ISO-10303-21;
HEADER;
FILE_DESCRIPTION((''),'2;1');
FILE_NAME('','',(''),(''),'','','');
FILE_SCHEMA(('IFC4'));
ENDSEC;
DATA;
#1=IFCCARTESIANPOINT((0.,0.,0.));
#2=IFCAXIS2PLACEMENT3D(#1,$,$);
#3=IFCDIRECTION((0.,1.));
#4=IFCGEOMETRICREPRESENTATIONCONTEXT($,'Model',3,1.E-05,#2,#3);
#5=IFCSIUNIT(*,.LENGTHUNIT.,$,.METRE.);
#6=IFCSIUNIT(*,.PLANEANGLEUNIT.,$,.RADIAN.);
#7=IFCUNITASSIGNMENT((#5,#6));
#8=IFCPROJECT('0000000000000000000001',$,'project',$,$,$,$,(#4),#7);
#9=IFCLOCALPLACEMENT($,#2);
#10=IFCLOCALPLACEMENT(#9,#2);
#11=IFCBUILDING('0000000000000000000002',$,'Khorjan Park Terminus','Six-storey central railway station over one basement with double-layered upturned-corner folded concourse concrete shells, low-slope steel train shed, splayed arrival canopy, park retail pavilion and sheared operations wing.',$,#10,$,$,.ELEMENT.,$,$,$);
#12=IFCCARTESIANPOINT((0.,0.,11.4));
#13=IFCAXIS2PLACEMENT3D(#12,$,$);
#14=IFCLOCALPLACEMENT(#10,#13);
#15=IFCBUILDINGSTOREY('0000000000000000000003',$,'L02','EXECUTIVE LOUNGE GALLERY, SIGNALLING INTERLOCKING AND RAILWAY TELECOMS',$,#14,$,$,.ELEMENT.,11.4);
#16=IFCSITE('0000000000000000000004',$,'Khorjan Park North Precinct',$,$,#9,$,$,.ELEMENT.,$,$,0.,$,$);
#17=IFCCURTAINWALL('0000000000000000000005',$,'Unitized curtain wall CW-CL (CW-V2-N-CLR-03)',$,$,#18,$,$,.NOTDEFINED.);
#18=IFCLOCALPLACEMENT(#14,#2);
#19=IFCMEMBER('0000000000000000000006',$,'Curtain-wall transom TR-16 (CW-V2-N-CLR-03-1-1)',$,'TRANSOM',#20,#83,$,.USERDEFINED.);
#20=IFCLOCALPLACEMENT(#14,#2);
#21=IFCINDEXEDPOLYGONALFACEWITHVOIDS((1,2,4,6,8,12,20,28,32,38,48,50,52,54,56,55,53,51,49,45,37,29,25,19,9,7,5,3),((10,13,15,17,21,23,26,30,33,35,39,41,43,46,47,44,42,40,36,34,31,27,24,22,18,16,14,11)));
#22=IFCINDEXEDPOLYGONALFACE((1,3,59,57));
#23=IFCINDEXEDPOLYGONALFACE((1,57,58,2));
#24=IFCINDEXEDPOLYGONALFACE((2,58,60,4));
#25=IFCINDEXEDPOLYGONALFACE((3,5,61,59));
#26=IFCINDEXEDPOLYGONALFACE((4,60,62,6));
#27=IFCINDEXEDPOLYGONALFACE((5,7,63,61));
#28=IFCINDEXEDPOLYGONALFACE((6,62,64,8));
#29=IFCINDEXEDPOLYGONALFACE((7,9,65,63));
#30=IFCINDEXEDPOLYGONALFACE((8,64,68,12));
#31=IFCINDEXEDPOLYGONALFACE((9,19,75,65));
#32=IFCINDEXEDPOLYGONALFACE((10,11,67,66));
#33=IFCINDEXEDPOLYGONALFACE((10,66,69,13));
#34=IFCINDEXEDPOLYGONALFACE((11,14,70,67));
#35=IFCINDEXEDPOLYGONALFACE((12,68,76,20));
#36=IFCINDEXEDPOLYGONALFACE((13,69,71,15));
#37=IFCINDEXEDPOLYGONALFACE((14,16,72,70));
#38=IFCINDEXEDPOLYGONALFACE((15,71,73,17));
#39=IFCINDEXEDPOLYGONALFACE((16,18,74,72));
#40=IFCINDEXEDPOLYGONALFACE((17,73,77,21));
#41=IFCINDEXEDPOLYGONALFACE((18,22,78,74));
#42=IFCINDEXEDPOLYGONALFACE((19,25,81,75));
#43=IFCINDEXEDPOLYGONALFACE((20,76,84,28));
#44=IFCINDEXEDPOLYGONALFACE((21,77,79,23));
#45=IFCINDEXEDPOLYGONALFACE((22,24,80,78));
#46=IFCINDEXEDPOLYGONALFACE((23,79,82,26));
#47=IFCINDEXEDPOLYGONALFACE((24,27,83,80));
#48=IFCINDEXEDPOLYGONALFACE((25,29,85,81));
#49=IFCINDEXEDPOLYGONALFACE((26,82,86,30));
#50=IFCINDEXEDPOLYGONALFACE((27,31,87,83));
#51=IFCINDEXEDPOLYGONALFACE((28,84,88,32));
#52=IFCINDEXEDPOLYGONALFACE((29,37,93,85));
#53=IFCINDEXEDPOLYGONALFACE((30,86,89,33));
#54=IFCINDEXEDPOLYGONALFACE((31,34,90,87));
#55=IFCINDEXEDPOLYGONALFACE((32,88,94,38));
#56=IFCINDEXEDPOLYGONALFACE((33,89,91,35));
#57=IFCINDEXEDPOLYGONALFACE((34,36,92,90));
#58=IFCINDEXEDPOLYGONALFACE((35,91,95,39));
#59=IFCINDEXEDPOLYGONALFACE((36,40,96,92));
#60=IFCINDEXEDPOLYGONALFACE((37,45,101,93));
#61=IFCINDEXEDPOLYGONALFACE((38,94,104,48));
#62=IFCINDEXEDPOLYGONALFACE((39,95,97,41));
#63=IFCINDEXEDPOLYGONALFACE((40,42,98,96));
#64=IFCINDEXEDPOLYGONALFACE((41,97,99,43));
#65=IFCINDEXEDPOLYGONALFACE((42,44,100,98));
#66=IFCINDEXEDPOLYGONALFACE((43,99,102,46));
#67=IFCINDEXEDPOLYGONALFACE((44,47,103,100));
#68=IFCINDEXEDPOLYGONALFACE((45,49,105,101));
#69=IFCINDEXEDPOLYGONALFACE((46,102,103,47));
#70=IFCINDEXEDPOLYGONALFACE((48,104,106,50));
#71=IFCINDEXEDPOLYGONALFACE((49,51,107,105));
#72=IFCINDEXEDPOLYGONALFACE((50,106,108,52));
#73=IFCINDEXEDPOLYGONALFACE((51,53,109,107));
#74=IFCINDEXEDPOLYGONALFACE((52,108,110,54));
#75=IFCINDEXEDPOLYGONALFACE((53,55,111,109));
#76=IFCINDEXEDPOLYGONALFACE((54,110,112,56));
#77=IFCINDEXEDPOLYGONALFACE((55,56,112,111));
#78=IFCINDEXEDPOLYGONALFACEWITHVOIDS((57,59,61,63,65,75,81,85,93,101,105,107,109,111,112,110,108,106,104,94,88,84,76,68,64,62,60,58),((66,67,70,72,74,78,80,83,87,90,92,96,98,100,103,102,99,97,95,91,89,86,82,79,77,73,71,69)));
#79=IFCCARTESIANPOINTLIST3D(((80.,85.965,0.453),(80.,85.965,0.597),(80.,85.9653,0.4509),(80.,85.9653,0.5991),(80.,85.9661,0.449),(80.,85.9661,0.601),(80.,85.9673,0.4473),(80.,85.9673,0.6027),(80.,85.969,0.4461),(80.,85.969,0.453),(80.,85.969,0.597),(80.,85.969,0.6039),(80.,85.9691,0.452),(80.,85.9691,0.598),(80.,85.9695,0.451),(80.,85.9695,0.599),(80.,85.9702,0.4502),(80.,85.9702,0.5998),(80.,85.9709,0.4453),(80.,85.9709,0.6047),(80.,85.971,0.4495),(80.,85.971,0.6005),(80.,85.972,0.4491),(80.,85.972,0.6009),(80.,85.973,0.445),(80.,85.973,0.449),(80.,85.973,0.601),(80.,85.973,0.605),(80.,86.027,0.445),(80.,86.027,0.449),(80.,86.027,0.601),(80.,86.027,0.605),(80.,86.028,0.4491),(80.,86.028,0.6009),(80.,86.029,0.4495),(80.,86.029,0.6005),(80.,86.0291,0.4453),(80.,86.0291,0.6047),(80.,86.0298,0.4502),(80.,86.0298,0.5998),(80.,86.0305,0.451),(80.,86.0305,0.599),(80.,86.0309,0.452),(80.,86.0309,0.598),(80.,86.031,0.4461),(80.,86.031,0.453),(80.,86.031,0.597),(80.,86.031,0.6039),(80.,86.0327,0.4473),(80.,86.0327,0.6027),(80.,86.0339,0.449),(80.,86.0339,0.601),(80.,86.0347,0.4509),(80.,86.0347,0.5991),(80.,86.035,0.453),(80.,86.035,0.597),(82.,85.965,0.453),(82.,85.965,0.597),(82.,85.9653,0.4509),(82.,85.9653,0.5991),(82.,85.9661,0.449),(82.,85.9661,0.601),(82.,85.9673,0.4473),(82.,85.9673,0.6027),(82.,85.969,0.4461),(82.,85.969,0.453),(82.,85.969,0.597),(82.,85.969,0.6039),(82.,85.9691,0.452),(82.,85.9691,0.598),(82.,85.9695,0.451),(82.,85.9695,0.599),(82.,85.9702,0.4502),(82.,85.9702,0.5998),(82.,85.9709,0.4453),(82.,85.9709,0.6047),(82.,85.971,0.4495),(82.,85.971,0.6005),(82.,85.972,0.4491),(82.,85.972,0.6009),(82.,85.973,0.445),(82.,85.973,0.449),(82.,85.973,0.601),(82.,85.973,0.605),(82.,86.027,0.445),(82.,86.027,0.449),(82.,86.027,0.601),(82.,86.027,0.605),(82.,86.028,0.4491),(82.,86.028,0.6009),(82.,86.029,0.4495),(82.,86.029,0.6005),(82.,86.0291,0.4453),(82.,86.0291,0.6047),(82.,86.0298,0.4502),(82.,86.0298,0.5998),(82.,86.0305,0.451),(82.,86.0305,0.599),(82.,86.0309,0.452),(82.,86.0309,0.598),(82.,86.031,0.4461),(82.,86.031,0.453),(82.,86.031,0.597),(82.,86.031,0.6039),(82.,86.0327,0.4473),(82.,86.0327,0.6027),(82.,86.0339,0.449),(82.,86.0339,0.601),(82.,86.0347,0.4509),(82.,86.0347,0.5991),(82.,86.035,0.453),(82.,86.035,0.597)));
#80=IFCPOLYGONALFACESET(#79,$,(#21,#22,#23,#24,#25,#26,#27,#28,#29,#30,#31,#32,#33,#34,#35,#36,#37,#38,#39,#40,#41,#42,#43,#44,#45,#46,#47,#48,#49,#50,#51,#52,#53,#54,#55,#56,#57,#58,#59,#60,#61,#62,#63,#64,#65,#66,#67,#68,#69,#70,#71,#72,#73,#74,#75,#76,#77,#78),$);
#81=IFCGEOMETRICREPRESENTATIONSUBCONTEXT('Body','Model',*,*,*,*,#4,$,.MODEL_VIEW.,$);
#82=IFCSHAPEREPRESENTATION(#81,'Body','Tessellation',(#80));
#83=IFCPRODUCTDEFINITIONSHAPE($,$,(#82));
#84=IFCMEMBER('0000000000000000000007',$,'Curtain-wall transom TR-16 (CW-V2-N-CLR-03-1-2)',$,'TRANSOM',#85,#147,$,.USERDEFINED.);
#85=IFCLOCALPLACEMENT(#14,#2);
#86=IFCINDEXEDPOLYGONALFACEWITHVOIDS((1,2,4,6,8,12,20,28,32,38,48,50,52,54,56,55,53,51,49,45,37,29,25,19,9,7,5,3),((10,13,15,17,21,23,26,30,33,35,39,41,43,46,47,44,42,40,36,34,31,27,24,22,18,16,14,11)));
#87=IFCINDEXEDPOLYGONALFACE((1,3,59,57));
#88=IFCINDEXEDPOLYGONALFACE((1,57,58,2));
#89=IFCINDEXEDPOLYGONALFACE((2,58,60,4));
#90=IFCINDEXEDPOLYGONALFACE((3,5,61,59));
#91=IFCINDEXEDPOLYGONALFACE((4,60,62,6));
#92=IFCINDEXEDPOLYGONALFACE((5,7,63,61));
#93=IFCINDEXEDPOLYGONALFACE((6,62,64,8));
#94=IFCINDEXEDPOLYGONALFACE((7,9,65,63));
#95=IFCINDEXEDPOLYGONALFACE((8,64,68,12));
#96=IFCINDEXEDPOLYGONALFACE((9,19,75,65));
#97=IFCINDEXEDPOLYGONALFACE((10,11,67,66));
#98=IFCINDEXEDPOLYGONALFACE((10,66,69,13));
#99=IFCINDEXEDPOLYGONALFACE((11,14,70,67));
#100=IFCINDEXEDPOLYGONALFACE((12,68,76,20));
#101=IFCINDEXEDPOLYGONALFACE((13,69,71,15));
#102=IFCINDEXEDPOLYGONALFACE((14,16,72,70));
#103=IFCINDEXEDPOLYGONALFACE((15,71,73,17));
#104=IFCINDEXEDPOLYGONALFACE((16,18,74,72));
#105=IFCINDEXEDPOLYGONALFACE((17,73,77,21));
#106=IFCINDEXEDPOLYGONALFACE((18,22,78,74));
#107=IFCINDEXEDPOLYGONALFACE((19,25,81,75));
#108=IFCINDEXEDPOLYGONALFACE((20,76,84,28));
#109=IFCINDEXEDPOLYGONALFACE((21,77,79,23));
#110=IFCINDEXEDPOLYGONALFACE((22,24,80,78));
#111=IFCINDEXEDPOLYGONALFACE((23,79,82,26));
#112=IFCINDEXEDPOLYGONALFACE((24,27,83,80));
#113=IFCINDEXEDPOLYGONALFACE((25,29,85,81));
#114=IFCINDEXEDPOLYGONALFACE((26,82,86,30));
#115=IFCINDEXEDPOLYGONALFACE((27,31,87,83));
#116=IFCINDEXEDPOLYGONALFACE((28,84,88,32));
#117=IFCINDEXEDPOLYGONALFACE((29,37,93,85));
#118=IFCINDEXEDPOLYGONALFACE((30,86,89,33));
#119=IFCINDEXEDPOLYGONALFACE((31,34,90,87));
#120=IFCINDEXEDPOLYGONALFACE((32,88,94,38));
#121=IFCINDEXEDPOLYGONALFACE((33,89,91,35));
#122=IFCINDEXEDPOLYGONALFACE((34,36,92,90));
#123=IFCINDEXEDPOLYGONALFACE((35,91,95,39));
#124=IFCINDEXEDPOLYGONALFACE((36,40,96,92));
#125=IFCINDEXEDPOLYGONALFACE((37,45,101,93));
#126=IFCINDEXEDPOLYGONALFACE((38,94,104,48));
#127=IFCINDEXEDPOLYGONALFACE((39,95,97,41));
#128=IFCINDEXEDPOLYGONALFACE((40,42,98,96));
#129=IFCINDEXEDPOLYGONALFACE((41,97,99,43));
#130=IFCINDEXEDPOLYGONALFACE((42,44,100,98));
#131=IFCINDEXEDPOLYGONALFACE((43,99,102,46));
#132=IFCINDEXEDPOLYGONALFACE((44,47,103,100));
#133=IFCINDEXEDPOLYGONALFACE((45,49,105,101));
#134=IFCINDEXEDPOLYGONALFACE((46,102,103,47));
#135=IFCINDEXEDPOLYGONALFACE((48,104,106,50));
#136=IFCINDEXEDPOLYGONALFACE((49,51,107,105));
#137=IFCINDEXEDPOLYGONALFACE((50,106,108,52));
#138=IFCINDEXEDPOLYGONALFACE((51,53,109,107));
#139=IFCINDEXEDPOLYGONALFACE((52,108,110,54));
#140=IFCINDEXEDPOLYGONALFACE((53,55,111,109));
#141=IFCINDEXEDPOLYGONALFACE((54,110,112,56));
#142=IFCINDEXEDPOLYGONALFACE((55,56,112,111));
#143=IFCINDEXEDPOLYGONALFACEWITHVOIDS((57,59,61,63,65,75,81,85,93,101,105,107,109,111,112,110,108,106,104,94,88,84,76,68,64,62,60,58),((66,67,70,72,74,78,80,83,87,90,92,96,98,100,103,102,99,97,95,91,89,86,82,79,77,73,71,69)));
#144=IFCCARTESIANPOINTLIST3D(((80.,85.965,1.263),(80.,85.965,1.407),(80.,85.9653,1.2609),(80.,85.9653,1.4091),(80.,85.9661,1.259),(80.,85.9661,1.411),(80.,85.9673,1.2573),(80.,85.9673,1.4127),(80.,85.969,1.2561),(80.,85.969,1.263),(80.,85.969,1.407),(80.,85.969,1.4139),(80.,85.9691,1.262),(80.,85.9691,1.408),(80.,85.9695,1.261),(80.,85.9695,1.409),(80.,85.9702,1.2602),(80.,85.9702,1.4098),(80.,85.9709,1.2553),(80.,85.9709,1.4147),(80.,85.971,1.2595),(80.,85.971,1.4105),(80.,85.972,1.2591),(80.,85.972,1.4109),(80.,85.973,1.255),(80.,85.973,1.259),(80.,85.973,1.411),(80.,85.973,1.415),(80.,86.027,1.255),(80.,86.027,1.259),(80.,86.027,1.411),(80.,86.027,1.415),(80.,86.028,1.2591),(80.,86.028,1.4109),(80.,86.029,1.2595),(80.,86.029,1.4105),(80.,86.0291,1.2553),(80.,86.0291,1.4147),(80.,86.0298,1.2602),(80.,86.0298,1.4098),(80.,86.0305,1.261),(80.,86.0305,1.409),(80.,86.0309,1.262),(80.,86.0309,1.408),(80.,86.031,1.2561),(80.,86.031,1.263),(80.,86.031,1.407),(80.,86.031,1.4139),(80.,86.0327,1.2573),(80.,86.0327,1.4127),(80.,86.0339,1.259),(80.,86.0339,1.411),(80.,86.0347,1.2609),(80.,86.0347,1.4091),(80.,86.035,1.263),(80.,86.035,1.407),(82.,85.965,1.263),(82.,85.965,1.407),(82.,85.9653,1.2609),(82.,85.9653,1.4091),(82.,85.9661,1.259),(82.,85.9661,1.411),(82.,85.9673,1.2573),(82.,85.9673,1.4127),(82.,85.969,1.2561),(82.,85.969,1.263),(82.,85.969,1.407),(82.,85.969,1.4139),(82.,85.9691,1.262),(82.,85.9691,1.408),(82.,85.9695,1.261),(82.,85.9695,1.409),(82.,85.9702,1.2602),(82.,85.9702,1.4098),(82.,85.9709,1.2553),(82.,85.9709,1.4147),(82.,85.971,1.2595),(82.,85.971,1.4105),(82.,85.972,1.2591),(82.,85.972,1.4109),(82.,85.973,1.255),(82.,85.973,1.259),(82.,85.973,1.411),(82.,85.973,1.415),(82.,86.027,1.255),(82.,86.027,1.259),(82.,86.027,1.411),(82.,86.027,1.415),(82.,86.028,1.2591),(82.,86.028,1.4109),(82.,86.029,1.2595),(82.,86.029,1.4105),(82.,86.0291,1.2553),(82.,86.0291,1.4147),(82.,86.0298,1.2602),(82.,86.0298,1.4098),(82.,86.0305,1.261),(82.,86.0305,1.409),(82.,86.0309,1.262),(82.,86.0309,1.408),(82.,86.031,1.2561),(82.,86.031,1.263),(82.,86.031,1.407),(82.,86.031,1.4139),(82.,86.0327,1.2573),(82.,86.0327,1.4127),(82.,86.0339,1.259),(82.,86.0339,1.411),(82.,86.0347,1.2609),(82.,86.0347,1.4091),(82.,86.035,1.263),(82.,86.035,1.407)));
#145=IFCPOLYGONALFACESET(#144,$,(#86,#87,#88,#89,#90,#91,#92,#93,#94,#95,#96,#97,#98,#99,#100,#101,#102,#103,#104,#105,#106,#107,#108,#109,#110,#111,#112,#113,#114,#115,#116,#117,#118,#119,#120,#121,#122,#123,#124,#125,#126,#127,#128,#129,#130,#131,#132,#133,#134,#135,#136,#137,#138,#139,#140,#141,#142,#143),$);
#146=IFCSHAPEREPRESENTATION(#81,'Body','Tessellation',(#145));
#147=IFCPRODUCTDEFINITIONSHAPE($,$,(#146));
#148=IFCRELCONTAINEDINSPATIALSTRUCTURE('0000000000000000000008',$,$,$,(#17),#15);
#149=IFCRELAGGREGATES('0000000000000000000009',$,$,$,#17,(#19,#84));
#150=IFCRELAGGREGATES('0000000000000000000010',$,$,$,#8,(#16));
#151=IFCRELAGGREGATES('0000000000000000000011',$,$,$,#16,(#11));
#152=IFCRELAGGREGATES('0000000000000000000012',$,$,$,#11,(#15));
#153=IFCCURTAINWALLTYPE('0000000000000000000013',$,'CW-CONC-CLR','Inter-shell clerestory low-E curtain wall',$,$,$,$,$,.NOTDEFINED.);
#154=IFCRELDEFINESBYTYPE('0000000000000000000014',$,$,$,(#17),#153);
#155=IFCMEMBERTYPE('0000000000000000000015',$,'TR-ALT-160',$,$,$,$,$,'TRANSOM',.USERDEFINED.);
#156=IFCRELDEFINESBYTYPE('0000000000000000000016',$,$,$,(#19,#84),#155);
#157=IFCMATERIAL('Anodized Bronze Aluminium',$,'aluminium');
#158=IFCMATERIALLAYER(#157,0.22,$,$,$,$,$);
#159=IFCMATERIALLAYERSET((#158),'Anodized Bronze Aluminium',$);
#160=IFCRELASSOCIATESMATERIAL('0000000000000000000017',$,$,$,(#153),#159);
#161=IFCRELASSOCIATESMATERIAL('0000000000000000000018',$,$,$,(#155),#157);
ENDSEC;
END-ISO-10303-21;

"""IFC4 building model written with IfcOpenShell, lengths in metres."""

from ifc_helpers import new_model, si_unit, direction, frame, origin, origin_2d, place, context, subcontext, project, spatial, hollow_rectangle, extrude, material, layer, layer_set, material_profile, profile_set, type_object, element, aggregate, save


model = new_model("IFC4")

# Units and contexts
model_context = context("Model", 3, precision=1e-05, world=origin(), true_north=direction((0.0, 1.0)))
body_context = subcontext(model_context, "Body", "Model", "MODEL_VIEW")
ifc_project = project(units=[si_unit("LENGTHUNIT", "METRE"), si_unit("PLANEANGLEUNIT", "RADIAN")], contexts=[model_context])

# Site, building, storey
site_placement = place(None, origin())
site = spatial("IfcSite", under=ifc_project, at=site_placement, Name="Khorjan Park North Precinct", CompositionType="ELEMENT", RefElevation=0.0)
building_placement = place(site_placement, origin())
building = spatial("IfcBuilding", under=site, at=building_placement, Name="Khorjan Park Terminus", Description="Six-storey central railway station over one basement with double-layered upturned-corner folded concourse concrete shells, low-slope steel train shed, splayed arrival canopy, park retail pavilion and sheared operations wing.", CompositionType="ELEMENT")
storey_placement = place(building_placement, frame((0.0, 0.0, 11.4)))
storey = spatial("IfcBuildingStorey", under=building, at=storey_placement, Name="L02", Description="EXECUTIVE LOUNGE GALLERY, SIGNALLING INTERLOCKING AND RAILWAY TELECOMS", CompositionType="ELEMENT", Elevation=11.4)

# Curtain wall
ifc_material_1 = material(Name="Anodized Bronze Aluminium", Category="aluminium")
ifc_layer_1 = layer(ifc_material_1, 0.22)
ifc_layer_set_1 = layer_set([ifc_layer_1], Name="Anodized Bronze Aluminium")
curtain_wall_type = type_object("IfcCurtainWallType", Name="CW-CONC-CLR", Description="Inter-shell clerestory low-E curtain wall", PredefinedType="NOTDEFINED", material=ifc_layer_set_1)
curtain_wall_1_placement = place(storey_placement, origin())
curtain_wall_1 = element("IfcCurtainWall", 1, at=curtain_wall_1_placement, inside=storey, type_object=curtain_wall_type, Name="Unitized curtain wall CW-CL (CW-V2-N-CLR-03)", PredefinedType="NOTDEFINED")

# Members
ifc_material_profile_1 = material_profile(ifc_material_1, hollow_rectangle(XDim=0.07, YDim=0.16, WallThickness=0.004, InnerFilletRadius=0.004, OuterFilletRadius=0.008, at=origin_2d()), Name="ALT 70x160x4")
ifc_profile_set_1 = profile_set([ifc_material_profile_1], Name="Anodized Bronze Aluminium")
member_type_1 = type_object("IfcMemberType", Name="TR-ALT-160", ElementType="TRANSOM", PredefinedType="USERDEFINED", material=ifc_profile_set_1)
member_1_placement = place(storey_placement, frame((82.0, 86.0, 0.525), z_axis=(-1.0, 0.0, 0.0), x_axis=(0.0, -1.0, 0.0)))
member_1 = element("IfcMember", 2, at=member_1_placement, type_object=member_type_1, Name="Curtain-wall transom TR-16 (CW-V2-N-CLR-03-1-1)", ObjectType="TRANSOM", PredefinedType="USERDEFINED", context=body_context, shape_type="SweptSolid", body=[
    extrude(hollow_rectangle(XDim=0.07, YDim=0.16, WallThickness=0.004, InnerFilletRadius=0.004, OuterFilletRadius=0.008, at=origin_2d()), origin(), (0.0, 0.0, 1.0), 2.0),
])
member_2_placement = place(storey_placement, frame((82.0, 86.0, 1.335), z_axis=(-1.0, 0.0, 0.0), x_axis=(0.0, -1.0, 0.0)))
member_2 = element("IfcMember", 3, at=member_2_placement, type_object=member_type_1, Name="Curtain-wall transom TR-16 (CW-V2-N-CLR-03-1-2)", ObjectType="TRANSOM", PredefinedType="USERDEFINED", context=body_context, shape_type="SweptSolid", body=[
    extrude(hollow_rectangle(XDim=0.07, YDim=0.16, WallThickness=0.004, InnerFilletRadius=0.004, OuterFilletRadius=0.008, at=origin_2d()), origin(), (0.0, 0.0, 1.0), 2.0),
])

aggregate(curtain_wall_1, [member_1, member_2])

save(model, "model.ifc")
